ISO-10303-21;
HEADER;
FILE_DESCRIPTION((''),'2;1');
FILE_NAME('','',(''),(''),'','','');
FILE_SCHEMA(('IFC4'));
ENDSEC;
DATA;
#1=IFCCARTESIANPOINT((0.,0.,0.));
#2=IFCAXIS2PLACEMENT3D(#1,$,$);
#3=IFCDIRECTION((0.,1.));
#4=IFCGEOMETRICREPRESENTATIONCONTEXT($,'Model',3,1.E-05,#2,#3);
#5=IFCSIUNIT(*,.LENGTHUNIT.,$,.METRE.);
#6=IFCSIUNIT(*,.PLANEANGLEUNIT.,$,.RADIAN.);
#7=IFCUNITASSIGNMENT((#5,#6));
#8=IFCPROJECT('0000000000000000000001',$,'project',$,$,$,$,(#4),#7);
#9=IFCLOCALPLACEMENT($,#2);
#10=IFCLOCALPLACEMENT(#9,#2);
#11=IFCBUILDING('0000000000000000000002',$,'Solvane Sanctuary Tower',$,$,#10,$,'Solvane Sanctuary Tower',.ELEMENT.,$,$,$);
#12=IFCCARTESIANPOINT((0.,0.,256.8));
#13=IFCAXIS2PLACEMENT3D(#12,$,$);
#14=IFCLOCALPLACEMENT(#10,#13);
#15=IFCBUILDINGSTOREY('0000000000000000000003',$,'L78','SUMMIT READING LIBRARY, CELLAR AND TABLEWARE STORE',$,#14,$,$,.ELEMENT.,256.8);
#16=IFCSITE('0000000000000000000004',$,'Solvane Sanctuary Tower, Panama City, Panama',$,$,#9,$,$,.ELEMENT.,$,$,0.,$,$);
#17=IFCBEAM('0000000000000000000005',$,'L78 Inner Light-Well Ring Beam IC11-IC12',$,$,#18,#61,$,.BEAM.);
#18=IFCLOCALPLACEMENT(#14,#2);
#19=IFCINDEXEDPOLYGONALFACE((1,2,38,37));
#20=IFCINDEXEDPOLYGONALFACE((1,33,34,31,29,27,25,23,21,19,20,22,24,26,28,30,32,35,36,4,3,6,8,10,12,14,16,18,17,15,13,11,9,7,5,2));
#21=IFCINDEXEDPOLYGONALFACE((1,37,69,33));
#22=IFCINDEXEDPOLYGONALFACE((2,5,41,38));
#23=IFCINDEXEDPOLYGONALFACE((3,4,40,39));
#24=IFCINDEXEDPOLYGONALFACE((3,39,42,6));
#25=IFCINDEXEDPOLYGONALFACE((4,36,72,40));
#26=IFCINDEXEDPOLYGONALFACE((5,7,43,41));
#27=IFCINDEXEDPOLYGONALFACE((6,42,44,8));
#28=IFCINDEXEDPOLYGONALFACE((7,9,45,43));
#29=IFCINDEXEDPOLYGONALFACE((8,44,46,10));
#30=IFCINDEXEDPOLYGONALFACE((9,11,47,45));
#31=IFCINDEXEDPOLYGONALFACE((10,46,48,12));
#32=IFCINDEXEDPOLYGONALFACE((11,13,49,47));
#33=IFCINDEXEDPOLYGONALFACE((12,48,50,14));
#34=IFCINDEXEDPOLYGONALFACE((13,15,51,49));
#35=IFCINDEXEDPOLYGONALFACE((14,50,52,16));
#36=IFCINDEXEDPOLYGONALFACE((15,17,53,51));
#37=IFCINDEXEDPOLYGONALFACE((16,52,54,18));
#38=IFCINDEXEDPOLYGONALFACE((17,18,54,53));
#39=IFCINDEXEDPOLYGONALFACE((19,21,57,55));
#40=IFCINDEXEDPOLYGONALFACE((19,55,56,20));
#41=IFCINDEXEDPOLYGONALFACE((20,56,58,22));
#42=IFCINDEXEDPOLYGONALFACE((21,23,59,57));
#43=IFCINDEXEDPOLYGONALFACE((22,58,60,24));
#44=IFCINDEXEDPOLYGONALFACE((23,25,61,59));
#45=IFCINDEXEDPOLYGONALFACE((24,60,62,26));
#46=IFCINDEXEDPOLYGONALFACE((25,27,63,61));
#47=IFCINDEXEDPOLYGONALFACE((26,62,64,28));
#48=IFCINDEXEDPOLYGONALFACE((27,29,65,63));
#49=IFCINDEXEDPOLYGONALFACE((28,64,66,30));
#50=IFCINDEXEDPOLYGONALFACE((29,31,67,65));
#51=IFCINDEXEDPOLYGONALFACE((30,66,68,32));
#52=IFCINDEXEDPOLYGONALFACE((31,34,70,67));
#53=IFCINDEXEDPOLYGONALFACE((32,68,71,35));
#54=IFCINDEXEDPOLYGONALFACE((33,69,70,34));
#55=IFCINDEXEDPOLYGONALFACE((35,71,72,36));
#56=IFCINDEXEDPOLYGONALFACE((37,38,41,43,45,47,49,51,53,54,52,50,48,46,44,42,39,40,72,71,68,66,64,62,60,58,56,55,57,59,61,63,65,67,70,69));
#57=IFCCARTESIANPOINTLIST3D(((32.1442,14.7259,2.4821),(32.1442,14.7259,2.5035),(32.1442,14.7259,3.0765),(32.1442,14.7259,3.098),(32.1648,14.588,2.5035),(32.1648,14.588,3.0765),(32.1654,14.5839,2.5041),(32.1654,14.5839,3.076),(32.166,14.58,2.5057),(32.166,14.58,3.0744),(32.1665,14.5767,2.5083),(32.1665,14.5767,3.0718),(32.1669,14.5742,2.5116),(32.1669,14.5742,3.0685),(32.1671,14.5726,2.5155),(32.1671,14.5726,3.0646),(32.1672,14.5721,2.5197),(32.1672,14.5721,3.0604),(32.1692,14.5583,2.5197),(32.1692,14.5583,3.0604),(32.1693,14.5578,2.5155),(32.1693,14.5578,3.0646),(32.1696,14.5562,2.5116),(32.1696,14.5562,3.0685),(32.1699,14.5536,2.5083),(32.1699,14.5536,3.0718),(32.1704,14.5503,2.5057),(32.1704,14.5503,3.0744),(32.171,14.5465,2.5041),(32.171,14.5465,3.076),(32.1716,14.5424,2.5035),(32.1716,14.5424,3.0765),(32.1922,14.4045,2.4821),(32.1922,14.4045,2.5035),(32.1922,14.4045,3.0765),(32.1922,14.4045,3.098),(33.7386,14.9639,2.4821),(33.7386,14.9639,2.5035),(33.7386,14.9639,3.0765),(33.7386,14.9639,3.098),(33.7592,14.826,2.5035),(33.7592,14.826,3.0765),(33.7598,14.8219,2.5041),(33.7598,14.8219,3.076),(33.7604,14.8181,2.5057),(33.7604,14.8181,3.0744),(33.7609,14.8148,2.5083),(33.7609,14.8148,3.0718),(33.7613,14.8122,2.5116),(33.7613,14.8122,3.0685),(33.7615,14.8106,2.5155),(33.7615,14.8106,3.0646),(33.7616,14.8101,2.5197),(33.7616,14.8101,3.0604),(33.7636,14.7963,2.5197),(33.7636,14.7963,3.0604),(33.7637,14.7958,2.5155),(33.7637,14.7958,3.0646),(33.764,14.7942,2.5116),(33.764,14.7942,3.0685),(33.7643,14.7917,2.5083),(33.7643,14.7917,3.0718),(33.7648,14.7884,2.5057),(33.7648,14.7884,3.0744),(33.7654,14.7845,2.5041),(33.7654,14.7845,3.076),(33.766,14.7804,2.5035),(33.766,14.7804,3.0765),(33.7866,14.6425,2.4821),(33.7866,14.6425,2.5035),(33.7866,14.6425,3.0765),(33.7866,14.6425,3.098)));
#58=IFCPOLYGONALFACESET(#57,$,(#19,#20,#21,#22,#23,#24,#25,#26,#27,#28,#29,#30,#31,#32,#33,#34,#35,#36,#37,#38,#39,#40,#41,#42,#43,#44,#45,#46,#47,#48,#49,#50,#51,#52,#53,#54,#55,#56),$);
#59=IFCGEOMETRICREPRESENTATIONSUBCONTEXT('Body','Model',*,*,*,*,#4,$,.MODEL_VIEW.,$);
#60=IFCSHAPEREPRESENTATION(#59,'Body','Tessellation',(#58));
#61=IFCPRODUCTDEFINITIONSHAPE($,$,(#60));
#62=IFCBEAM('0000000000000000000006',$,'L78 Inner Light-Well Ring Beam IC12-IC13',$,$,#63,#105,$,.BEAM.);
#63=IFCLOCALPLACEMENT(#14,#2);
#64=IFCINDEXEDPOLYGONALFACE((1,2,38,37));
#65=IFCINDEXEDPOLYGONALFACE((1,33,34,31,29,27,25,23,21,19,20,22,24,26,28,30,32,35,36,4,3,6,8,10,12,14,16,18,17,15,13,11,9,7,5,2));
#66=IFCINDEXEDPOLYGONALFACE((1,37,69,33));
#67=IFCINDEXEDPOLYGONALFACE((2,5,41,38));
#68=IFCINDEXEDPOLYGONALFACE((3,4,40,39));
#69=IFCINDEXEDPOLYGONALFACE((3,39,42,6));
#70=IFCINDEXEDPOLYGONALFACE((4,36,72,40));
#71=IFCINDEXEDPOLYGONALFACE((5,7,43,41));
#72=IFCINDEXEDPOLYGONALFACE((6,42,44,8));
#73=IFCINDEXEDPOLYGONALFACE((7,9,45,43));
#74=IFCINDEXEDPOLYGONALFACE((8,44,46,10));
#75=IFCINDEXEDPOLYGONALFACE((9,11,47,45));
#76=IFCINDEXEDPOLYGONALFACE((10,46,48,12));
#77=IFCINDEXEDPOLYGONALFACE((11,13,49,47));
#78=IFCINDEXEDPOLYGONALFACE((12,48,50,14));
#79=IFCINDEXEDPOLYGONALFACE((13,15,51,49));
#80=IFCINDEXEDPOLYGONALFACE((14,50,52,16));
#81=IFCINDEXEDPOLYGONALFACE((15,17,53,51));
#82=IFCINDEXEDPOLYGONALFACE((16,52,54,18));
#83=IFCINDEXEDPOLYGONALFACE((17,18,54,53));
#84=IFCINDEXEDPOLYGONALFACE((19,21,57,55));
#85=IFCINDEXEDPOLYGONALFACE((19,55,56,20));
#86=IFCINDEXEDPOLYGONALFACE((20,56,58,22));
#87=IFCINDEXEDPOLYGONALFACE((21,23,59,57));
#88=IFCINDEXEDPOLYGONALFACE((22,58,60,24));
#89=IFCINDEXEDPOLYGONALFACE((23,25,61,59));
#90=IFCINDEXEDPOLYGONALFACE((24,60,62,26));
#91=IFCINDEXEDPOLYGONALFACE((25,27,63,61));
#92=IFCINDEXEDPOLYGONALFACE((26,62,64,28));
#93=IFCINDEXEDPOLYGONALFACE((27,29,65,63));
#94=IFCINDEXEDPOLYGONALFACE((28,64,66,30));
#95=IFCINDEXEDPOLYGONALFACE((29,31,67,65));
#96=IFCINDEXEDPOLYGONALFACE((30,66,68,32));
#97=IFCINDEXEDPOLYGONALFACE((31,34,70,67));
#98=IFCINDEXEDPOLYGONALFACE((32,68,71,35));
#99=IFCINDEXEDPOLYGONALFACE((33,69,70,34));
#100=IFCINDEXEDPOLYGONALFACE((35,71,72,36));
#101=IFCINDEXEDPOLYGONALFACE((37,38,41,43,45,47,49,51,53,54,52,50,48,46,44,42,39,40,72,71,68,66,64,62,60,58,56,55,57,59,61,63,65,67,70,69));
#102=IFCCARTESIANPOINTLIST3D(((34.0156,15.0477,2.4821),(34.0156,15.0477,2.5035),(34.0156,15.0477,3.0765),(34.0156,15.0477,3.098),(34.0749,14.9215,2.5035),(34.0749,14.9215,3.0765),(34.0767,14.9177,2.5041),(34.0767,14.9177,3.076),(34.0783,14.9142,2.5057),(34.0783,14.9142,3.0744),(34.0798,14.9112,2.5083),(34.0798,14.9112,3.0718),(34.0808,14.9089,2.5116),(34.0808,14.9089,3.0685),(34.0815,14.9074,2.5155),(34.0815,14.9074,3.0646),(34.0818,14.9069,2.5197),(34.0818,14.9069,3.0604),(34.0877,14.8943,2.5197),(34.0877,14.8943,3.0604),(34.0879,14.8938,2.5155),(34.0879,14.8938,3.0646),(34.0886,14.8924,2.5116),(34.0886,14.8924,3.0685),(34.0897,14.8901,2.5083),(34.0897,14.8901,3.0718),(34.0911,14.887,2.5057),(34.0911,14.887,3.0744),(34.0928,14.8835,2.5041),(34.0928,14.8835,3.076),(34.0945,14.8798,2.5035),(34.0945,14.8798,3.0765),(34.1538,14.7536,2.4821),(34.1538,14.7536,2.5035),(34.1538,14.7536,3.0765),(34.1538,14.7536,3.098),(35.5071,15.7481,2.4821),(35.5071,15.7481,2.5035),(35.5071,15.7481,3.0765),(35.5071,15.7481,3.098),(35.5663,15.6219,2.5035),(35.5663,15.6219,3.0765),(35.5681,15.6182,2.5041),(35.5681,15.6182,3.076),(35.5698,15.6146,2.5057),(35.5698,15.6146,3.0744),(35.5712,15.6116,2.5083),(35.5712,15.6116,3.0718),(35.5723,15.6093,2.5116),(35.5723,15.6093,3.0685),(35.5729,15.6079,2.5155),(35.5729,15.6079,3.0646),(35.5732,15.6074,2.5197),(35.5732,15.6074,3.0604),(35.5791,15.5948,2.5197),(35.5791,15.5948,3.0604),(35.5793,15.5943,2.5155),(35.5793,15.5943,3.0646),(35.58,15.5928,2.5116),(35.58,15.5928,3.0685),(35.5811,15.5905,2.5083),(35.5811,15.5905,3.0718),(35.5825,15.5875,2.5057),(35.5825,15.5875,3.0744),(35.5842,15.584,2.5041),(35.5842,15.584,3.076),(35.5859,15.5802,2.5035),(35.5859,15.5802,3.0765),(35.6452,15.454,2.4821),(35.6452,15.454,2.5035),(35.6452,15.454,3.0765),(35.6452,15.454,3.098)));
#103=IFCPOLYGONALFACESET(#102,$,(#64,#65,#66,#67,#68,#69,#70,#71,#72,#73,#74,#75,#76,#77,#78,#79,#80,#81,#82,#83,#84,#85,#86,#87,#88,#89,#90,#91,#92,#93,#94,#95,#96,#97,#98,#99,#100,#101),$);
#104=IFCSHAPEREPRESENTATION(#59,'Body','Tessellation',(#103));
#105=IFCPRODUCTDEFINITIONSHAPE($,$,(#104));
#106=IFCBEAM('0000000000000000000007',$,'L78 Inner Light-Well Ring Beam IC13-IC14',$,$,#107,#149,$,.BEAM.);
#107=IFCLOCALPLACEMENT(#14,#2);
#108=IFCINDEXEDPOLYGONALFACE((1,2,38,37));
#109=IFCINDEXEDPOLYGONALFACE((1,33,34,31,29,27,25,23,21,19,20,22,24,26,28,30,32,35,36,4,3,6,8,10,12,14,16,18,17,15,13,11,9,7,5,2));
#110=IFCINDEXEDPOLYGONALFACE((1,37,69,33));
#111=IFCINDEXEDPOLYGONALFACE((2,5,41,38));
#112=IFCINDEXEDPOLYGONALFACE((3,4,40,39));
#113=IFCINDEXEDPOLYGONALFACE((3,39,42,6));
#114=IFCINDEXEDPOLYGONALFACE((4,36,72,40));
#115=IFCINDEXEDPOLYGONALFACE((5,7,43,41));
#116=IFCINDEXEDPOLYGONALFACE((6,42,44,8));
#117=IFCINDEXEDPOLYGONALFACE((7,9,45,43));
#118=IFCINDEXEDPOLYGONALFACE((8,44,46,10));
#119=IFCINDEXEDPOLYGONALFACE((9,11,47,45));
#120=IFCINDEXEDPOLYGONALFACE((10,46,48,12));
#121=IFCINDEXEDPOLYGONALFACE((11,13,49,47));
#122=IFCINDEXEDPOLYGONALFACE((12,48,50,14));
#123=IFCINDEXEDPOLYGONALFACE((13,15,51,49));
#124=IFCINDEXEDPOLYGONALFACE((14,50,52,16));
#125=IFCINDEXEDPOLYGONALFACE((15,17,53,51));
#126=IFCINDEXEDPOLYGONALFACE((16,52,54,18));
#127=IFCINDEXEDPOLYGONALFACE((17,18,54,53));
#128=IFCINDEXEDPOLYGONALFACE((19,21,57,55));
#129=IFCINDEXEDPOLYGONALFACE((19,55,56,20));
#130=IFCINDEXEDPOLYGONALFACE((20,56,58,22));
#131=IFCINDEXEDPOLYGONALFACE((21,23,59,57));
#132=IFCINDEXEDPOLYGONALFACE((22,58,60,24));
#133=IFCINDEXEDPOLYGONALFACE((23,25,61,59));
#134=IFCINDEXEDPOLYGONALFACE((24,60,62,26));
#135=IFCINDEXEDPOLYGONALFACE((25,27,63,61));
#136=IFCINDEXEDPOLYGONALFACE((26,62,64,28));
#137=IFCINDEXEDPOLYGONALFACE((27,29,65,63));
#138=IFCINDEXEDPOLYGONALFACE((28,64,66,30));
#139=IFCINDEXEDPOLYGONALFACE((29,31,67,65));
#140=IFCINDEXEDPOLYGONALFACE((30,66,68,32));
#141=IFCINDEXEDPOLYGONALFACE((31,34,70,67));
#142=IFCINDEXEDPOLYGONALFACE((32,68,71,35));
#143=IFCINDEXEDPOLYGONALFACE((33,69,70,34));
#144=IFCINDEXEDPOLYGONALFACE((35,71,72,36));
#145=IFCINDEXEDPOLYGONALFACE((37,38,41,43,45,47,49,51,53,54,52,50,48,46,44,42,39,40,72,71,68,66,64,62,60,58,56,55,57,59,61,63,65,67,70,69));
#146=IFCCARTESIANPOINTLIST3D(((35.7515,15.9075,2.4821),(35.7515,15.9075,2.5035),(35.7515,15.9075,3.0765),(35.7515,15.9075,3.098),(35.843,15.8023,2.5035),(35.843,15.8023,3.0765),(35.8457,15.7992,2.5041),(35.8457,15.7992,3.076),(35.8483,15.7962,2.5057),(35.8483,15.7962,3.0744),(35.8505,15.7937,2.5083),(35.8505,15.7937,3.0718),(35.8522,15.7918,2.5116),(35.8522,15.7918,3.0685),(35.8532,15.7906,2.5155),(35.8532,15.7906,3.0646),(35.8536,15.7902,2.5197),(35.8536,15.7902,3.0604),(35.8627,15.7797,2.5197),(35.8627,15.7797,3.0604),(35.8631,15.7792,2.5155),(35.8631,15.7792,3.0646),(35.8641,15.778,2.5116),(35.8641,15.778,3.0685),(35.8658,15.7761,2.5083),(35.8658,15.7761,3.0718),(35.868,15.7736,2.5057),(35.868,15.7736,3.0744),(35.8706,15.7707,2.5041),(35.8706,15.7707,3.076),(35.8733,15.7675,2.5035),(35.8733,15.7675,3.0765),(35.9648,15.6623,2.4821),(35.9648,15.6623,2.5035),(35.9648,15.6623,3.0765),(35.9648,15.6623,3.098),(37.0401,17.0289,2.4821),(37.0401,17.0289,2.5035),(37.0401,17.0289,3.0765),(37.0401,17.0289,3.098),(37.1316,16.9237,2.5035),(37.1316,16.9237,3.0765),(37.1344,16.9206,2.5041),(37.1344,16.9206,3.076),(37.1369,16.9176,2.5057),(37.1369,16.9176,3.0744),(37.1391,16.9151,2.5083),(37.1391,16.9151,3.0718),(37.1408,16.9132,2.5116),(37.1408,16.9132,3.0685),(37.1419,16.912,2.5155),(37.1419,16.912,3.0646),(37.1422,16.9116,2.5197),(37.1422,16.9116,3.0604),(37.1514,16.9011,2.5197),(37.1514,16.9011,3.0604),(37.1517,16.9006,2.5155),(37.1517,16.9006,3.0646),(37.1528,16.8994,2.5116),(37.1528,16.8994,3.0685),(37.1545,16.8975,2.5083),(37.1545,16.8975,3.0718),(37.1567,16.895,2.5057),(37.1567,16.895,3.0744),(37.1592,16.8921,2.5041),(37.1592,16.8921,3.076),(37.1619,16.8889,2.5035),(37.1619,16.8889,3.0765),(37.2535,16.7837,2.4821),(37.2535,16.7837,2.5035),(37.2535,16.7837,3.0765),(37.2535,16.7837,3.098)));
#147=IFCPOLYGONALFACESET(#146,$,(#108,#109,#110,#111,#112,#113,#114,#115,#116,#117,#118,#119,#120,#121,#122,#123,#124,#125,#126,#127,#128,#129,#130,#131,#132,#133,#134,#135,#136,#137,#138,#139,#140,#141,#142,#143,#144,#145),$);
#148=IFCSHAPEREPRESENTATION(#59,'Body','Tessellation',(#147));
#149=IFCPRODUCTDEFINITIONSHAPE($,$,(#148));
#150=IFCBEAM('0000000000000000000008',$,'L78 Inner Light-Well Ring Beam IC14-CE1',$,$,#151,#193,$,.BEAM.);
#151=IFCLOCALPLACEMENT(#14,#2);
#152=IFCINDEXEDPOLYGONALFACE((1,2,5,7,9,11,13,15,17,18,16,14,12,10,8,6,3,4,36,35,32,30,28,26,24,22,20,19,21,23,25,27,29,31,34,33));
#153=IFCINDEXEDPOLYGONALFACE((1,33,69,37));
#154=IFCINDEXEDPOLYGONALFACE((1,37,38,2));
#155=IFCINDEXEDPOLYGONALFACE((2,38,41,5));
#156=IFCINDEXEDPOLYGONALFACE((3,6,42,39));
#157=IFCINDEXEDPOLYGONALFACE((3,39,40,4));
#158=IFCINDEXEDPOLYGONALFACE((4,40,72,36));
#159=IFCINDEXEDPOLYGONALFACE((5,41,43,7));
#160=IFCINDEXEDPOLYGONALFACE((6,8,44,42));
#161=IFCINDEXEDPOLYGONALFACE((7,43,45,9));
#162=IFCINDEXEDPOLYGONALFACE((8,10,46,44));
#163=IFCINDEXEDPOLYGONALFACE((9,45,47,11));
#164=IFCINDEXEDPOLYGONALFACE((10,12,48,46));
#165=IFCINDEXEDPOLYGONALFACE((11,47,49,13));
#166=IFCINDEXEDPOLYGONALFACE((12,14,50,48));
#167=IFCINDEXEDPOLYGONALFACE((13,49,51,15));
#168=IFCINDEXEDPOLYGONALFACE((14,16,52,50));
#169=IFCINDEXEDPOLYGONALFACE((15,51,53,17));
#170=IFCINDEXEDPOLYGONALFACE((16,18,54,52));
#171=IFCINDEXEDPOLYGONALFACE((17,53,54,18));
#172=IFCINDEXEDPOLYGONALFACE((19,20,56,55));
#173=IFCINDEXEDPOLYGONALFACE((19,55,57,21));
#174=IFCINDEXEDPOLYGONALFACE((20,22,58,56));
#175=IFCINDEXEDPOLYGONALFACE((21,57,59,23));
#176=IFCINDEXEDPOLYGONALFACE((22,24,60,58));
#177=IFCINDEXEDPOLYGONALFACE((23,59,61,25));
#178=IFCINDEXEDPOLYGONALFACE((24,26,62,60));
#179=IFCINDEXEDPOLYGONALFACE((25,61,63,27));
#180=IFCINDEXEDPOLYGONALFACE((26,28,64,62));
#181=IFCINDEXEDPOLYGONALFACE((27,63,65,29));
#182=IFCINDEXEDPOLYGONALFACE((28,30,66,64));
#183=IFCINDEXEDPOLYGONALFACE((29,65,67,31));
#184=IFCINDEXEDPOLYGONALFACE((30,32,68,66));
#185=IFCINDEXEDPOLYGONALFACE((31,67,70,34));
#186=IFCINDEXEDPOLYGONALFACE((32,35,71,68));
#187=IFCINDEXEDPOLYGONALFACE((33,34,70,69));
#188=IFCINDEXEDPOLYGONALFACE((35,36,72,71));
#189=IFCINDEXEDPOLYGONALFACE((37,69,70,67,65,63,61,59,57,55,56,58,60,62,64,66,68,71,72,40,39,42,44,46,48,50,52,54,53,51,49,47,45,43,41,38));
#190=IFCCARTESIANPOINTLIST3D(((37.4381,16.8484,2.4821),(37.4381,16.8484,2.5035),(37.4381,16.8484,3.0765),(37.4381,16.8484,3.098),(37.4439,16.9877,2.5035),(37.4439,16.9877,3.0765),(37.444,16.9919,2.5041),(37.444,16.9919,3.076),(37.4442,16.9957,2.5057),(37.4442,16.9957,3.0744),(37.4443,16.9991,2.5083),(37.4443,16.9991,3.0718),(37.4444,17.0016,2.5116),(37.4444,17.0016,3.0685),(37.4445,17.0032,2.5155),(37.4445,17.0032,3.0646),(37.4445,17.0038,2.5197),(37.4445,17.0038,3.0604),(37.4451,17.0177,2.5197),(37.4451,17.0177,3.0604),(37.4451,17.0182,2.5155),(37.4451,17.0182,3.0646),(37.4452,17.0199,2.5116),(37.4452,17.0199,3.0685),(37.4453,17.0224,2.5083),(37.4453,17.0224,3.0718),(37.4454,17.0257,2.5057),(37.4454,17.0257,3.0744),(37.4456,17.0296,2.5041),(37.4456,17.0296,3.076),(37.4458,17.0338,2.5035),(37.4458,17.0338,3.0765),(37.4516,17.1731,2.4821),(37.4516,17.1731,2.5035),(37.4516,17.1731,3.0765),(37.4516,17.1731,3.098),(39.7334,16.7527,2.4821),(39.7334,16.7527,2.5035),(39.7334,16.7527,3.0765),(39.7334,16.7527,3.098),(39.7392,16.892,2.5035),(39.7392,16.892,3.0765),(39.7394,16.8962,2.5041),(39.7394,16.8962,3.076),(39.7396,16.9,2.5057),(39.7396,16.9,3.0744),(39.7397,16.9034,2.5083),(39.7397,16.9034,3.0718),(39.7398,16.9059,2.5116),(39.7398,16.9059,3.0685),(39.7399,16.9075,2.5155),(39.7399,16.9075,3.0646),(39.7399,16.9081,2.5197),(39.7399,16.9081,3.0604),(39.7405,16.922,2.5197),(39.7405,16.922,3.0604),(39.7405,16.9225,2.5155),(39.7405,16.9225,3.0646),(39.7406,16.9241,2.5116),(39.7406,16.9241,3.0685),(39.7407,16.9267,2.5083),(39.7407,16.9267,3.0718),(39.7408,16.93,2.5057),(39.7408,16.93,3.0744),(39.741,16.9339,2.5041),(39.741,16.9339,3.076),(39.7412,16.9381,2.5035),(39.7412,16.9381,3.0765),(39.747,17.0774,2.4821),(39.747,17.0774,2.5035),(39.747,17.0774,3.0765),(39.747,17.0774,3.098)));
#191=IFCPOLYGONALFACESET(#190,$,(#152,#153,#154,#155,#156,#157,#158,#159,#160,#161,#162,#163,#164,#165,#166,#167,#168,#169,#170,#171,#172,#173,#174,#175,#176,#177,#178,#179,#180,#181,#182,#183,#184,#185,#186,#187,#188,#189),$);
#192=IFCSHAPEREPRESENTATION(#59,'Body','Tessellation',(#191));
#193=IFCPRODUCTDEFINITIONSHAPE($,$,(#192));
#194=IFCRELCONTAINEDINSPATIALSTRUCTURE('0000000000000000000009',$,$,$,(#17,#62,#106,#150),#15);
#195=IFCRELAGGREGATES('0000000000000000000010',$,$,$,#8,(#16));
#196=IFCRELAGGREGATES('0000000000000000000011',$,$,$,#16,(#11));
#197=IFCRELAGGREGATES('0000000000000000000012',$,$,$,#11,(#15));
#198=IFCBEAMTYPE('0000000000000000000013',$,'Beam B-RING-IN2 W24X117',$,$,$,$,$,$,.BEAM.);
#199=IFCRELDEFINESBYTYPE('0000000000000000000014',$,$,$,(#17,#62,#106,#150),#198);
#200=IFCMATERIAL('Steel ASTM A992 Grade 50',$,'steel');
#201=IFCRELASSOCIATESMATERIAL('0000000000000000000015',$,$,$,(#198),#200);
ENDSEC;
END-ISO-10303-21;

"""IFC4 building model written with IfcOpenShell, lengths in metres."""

from ifc_helpers import new_model, si_unit, direction, frame, origin, origin_2d, place, context, subcontext, project, spatial, i_section, extrude, material, material_profile, profile_set, type_object, element, save


model = new_model("IFC4")

# Units and contexts
model_context = context("Model", 3, precision=1e-05, world=origin(), true_north=direction((0.0, 1.0)))
body_context = subcontext(model_context, "Body", "Model", "MODEL_VIEW")
ifc_project = project(units=[si_unit("LENGTHUNIT", "METRE"), si_unit("PLANEANGLEUNIT", "RADIAN")], contexts=[model_context])

# Site, building, storey
site_placement = place(None, origin())
site = spatial("IfcSite", under=ifc_project, at=site_placement, Name="Solvane Sanctuary Tower, Panama City, Panama", CompositionType="ELEMENT", RefElevation=0.0)
building_placement = place(site_placement, origin())
building = spatial("IfcBuilding", under=site, at=building_placement, Name="Solvane Sanctuary Tower", LongName="Solvane Sanctuary Tower", CompositionType="ELEMENT")
storey_placement = place(building_placement, frame((0.0, 0.0, 256.8)))
storey = spatial("IfcBuildingStorey", under=building, at=storey_placement, Name="L78", Description="SUMMIT READING LIBRARY, CELLAR AND TABLEWARE STORE", CompositionType="ELEMENT", Elevation=256.8)

# Beams
ifc_material_1 = material(Name="Steel ASTM A992 Grade 50", Category="steel")
ifc_material_profile_1 = material_profile(ifc_material_1, i_section(OverallWidth=0.325, OverallDepth=0.616, WebThickness=0.0139, FlangeThickness=0.0215, FilletRadius=0.0161, at=origin_2d()), Name="W24X117")
ifc_profile_set_1 = profile_set([ifc_material_profile_1], Name="Steel ASTM A992 Grade 50")
beam_type_1 = type_object("IfcBeamType", Name="Beam B-RING-IN2 W24X117", PredefinedType="BEAM", material=ifc_profile_set_1)
beam_1_placement = place(storey_placement, frame((32.1682, 14.5652, 2.79), z_axis=(0.989039, 0.147652, 0.0), x_axis=(-0.147652, 0.989039, 0.0)))
element("IfcBeam", 1, at=beam_1_placement, inside=storey, type_object=beam_type_1, Name="L78 Inner Light-Well Ring Beam IC11-IC12", PredefinedType="BEAM", context=body_context, shape_type="SweptSolid", body=[
    extrude(i_section(OverallWidth=0.325, OverallDepth=0.616, WebThickness=0.0139, FlangeThickness=0.0215, FilletRadius=0.0161, at=origin_2d()), origin(), (0.0, 0.0, 1.0), 1.6121),
])
beam_2_placement = place(storey_placement, frame((34.0847, 14.9006, 2.79), z_axis=(0.905151, 0.42509, 0.0), x_axis=(-0.42509, 0.905151, 0.0)))
element("IfcBeam", 2, at=beam_2_placement, inside=storey, type_object=beam_type_1, Name="L78 Inner Light-Well Ring Beam IC12-IC13", PredefinedType="BEAM", context=body_context, shape_type="SweptSolid", body=[
    extrude(i_section(OverallWidth=0.325, OverallDepth=0.616, WebThickness=0.0139, FlangeThickness=0.0215, FilletRadius=0.0161, at=origin_2d()), origin(), (0.0, 0.0, 1.0), 1.6477),
])
beam_3_placement = place(storey_placement, frame((35.8582, 15.7849, 2.79), z_axis=(0.754362, 0.656458, 0.0), x_axis=(-0.656458, 0.754362, 0.0)))
element("IfcBeam", 3, at=beam_3_placement, inside=storey, type_object=beam_type_1, Name="L78 Inner Light-Well Ring Beam IC13-IC14", PredefinedType="BEAM", context=body_context, shape_type="SweptSolid", body=[
    extrude(i_section(OverallWidth=0.325, OverallDepth=0.616, WebThickness=0.0139, FlangeThickness=0.0215, FilletRadius=0.0161, at=origin_2d()), origin(), (0.0, 0.0, 1.0), 1.7083),
])
beam_4_placement = place(storey_placement, frame((37.4448, 17.0107, 2.79), z_axis=(0.999132, -0.041657, 0.0), x_axis=(0.041657, 0.999132, 0.0)))
element("IfcBeam", 4, at=beam_4_placement, inside=storey, type_object=beam_type_1, Name="L78 Inner Light-Well Ring Beam IC14-CE1", PredefinedType="BEAM", context=body_context, shape_type="SweptSolid", body=[
    extrude(i_section(OverallWidth=0.325, OverallDepth=0.616, WebThickness=0.0139, FlangeThickness=0.0215, FilletRadius=0.0161, at=origin_2d()), origin(), (0.0, 0.0, 1.0), 2.2974),
])

save(model, "model.ifc")
